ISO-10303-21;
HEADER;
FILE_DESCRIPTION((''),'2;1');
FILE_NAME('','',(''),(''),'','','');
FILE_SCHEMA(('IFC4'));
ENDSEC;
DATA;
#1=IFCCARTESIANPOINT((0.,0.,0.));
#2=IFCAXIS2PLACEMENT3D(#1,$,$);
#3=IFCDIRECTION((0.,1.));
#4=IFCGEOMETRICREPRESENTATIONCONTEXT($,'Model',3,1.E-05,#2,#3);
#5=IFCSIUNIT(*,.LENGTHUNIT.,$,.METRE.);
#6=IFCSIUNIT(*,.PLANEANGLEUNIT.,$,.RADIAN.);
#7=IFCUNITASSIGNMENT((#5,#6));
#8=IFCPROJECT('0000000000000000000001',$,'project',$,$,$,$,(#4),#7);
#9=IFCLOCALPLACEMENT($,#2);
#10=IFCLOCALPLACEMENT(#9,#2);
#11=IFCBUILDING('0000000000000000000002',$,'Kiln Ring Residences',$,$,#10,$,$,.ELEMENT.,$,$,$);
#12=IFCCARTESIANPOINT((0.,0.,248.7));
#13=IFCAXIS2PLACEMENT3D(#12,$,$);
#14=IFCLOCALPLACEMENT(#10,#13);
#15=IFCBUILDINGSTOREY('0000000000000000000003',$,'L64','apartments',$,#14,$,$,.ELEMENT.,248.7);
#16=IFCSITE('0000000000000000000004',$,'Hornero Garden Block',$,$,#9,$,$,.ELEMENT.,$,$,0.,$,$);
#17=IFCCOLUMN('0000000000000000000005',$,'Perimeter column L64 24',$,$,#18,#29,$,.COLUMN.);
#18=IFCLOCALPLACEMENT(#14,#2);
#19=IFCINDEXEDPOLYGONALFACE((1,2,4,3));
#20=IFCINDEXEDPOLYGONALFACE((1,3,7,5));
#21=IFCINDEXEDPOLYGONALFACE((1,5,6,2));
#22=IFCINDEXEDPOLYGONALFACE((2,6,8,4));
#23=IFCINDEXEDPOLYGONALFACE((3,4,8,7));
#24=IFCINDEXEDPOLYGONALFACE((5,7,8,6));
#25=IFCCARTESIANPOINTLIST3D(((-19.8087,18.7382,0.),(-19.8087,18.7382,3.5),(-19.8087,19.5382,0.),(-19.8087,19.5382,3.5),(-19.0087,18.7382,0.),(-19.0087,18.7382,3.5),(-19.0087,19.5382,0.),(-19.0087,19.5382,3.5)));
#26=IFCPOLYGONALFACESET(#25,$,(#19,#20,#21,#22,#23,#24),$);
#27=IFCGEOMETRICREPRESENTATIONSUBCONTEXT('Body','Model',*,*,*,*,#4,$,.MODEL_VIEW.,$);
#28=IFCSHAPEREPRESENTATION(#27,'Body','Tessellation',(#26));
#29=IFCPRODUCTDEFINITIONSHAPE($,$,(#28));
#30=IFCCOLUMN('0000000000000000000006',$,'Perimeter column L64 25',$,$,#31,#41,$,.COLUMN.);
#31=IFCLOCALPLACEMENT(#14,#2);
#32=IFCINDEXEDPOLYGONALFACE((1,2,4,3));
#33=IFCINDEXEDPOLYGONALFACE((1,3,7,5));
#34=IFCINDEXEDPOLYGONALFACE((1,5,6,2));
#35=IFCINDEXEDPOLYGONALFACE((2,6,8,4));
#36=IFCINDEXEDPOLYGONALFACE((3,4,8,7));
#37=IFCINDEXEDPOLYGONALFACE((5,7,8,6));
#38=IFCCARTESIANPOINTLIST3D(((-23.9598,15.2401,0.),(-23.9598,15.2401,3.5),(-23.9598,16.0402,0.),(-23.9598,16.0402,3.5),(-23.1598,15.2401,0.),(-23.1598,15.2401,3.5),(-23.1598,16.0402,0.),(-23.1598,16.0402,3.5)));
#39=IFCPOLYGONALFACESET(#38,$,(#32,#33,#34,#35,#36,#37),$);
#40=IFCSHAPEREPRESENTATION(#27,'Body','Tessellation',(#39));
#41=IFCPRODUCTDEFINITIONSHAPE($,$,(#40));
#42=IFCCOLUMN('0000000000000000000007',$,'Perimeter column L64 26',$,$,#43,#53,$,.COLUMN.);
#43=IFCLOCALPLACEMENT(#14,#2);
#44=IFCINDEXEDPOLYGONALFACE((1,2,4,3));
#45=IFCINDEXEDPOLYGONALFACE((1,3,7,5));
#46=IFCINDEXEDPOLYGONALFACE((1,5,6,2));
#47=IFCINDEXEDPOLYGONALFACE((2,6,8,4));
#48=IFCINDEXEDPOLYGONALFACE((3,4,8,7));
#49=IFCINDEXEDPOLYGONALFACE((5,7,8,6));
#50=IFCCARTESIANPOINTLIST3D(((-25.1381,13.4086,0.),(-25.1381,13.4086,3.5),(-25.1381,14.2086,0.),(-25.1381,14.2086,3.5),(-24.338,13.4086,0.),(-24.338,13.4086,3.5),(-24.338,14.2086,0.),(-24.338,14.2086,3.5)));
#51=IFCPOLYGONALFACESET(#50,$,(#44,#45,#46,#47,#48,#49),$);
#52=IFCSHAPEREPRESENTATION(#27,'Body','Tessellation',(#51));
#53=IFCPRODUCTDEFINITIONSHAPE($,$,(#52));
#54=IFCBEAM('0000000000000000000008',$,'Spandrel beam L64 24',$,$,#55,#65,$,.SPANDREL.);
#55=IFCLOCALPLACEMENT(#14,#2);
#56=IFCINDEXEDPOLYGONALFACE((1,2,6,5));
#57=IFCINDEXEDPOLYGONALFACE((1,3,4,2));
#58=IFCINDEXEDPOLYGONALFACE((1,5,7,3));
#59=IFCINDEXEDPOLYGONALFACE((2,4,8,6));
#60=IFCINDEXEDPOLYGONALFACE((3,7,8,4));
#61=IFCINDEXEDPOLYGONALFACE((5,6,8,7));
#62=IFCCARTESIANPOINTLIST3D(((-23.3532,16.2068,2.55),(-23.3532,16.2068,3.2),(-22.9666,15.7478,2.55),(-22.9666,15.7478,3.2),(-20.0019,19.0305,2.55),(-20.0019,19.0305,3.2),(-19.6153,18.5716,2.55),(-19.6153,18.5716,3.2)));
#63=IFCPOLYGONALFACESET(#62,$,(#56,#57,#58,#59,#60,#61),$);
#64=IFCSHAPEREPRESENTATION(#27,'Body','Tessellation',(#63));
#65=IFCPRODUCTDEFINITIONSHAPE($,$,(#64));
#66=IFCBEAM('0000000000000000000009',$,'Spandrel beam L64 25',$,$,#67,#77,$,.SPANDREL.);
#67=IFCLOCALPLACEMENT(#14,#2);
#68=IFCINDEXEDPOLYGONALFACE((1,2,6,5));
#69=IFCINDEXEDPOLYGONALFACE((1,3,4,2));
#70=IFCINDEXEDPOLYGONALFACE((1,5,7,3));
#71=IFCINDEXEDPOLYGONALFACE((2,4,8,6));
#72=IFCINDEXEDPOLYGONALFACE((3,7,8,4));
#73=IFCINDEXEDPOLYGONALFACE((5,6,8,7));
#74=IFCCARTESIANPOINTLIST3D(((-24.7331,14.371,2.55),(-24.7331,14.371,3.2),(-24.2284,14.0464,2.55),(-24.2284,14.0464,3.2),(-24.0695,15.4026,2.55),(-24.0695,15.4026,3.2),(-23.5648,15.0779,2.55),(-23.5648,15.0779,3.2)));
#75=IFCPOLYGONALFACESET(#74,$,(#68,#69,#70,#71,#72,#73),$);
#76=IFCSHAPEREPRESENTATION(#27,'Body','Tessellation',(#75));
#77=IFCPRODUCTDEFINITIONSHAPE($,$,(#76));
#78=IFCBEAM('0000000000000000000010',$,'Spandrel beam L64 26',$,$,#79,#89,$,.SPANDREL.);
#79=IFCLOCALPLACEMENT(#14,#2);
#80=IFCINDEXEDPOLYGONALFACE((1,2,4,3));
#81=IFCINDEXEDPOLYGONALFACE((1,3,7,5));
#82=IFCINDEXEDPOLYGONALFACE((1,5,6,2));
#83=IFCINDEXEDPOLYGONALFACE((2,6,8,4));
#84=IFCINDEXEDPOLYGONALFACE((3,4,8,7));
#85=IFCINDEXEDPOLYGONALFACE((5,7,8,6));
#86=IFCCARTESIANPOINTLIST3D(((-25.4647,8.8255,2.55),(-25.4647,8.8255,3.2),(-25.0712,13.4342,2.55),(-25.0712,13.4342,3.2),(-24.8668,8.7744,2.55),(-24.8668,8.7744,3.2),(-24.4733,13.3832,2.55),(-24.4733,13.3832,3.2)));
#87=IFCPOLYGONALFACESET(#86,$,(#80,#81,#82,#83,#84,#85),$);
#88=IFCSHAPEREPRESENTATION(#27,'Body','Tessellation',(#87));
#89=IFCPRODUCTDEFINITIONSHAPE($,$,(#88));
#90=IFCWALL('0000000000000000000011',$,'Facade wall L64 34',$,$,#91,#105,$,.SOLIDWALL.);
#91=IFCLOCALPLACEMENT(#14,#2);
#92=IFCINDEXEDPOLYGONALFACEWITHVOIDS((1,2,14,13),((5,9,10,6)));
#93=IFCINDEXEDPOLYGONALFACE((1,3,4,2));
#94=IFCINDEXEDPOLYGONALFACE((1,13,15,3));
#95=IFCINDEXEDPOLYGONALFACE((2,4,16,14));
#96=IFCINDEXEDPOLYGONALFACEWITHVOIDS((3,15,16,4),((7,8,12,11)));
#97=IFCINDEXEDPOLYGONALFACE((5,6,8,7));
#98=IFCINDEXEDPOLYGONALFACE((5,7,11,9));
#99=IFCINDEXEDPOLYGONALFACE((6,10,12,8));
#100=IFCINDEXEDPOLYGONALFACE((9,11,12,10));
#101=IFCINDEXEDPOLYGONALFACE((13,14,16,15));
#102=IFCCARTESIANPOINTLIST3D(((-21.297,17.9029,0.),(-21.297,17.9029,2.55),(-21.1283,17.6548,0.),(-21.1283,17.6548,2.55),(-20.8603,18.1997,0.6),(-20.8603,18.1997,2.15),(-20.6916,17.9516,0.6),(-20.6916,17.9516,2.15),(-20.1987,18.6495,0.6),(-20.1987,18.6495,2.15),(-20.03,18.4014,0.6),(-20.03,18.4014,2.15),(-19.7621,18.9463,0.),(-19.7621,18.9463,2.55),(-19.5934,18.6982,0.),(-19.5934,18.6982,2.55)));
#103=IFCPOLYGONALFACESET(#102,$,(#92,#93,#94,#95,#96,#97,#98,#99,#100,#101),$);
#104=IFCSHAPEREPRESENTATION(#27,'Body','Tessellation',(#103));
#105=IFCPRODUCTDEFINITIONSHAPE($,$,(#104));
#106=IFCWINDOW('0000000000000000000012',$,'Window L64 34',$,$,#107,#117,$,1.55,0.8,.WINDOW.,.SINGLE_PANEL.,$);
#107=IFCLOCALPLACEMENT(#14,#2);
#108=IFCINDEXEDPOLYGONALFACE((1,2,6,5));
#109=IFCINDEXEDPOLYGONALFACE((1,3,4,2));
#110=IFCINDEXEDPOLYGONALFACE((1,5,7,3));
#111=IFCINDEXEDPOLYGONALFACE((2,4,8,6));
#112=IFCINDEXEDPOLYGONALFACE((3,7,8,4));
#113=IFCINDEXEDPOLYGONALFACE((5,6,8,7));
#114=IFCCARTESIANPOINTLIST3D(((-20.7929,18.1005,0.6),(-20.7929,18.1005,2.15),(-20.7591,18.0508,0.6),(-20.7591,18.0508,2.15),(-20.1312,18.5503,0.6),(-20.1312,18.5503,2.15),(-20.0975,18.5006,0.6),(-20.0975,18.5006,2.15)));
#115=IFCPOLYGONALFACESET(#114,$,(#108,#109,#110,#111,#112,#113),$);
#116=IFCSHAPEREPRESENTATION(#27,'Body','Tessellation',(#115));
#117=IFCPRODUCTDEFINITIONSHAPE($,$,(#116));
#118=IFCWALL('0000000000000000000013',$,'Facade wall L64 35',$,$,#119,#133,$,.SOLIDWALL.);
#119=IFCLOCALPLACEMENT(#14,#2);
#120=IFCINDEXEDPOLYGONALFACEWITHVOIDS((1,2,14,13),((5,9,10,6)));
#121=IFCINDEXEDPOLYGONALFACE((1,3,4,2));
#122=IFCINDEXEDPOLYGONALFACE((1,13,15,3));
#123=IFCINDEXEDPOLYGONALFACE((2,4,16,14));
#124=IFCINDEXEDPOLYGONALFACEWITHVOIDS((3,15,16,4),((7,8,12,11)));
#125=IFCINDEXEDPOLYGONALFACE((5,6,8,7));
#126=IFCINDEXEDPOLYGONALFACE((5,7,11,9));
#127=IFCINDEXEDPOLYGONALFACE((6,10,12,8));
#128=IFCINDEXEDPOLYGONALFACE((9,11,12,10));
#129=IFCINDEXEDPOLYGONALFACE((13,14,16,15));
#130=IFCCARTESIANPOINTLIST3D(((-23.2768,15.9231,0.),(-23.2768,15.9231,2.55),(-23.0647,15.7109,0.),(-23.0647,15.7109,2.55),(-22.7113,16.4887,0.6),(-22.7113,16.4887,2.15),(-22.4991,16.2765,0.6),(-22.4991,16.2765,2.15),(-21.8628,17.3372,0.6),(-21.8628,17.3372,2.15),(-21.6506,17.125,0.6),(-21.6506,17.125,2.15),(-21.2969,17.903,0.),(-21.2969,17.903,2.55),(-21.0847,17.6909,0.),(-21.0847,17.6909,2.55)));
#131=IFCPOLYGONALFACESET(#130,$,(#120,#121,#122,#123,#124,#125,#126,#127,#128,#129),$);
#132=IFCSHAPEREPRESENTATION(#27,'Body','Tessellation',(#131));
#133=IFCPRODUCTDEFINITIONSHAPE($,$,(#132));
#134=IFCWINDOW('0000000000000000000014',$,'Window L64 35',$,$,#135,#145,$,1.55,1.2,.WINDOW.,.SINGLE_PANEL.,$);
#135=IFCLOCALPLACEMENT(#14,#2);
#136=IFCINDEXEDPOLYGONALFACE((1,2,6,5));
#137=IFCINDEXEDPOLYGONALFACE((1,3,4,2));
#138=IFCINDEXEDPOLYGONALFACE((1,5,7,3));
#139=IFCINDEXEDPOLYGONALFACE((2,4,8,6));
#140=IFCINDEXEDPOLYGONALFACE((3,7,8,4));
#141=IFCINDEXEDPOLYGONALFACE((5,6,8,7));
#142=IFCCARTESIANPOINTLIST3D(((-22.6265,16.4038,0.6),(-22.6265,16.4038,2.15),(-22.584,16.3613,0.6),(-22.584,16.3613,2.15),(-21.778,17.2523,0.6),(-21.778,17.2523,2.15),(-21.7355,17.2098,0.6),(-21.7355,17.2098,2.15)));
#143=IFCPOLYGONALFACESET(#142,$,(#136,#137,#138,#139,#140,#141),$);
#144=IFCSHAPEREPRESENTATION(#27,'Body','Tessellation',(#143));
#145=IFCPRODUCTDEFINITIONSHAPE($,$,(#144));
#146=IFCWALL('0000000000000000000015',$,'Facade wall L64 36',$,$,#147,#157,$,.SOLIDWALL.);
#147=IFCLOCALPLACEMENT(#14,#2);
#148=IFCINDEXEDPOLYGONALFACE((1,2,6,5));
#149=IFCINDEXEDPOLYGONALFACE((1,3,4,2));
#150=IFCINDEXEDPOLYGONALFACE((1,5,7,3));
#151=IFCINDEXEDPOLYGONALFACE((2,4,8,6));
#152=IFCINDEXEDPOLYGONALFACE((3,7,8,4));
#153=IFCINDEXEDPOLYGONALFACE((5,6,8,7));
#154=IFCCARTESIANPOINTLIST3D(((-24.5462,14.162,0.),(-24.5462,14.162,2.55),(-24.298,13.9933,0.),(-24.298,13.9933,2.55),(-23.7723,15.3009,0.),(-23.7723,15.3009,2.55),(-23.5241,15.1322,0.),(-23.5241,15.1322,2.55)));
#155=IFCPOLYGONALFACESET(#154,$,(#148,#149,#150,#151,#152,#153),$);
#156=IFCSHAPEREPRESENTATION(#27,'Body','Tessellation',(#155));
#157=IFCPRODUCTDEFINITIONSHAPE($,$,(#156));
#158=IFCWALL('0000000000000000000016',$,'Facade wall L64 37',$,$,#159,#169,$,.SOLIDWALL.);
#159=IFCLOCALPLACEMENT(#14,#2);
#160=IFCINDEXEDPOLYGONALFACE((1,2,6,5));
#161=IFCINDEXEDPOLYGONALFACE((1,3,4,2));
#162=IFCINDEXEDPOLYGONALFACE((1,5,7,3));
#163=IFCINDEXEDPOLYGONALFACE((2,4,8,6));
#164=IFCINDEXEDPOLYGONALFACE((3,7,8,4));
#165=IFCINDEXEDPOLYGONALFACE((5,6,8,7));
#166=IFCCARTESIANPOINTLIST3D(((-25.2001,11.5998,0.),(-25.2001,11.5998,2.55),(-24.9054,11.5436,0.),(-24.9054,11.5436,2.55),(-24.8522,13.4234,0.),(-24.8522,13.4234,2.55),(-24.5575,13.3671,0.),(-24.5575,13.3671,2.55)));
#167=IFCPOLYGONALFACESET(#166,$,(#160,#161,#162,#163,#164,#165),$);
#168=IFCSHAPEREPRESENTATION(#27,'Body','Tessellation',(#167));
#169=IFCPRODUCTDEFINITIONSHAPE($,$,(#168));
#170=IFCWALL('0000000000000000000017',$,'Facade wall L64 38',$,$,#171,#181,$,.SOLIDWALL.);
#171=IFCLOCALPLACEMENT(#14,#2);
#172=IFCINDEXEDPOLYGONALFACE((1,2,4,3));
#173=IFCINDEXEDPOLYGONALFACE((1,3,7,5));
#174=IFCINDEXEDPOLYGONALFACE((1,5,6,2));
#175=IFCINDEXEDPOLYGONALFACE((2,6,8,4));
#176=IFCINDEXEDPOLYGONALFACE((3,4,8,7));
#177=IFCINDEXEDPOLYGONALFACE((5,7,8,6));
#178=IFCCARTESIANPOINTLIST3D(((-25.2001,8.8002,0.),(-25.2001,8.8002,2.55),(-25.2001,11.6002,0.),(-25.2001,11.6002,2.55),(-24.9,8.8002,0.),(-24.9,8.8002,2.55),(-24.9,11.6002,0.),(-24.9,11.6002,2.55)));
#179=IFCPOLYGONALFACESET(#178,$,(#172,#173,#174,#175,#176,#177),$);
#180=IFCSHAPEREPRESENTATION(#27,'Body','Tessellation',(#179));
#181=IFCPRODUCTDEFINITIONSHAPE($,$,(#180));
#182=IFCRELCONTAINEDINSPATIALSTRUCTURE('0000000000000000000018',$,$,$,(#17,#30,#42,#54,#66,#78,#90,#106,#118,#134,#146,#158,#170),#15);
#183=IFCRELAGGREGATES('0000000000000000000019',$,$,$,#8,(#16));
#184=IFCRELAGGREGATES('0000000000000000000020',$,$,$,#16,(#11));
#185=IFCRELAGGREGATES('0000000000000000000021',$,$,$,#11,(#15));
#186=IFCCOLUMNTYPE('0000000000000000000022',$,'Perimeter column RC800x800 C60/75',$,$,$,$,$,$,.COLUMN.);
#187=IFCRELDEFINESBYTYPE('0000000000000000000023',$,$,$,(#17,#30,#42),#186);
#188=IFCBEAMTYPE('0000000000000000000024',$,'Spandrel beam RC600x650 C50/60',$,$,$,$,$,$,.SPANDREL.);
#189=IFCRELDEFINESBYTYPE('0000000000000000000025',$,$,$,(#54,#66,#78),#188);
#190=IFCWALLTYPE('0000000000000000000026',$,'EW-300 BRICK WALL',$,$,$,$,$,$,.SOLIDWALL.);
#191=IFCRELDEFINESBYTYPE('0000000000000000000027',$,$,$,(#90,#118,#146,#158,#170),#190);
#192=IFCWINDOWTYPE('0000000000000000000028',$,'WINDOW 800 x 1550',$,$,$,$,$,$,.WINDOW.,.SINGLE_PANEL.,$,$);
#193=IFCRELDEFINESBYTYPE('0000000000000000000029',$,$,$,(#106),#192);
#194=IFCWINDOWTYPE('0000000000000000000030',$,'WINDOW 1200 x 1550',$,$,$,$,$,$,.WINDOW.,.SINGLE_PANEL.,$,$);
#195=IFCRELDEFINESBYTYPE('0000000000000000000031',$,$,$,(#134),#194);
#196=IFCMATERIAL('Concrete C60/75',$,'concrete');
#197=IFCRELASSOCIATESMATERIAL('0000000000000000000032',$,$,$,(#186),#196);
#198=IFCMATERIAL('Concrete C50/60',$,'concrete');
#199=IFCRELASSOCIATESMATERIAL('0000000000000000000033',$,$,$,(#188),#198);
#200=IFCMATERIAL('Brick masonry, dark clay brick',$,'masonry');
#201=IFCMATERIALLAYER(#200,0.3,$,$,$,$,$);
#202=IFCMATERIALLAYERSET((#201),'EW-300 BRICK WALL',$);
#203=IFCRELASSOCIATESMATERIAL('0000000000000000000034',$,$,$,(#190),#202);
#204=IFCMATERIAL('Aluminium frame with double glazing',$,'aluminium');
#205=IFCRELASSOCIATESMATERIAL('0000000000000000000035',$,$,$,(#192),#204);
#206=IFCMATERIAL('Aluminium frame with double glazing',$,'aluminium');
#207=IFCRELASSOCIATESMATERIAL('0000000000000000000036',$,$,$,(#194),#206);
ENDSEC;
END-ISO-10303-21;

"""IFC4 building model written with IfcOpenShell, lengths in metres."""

from ifc_helpers import new_model, si_unit, direction, frame, frame_2d, origin, origin_2d, place, context, subcontext, project, spatial, rectangle, extrude, material, layer, layer_set, material_profile, profile_set, type_object, element, fill, save


model = new_model("IFC4")

# Units and contexts
model_context = context("Model", 3, precision=1e-05, world=origin(), true_north=direction((0.0, 1.0)))
body_context = subcontext(model_context, "Body", "Model", "MODEL_VIEW")
ifc_project = project(units=[si_unit("LENGTHUNIT", "METRE"), si_unit("PLANEANGLEUNIT", "RADIAN")], contexts=[model_context])

# Site, building, storey
site_placement = place(None, origin())
site = spatial("IfcSite", under=ifc_project, at=site_placement, Name="Hornero Garden Block", CompositionType="ELEMENT", RefElevation=0.0)
building_placement = place(site_placement, origin())
building = spatial("IfcBuilding", under=site, at=building_placement, Name="Kiln Ring Residences", CompositionType="ELEMENT")
storey_placement = place(building_placement, frame((0.0, 0.0, 248.7)))
storey = spatial("IfcBuildingStorey", under=building, at=storey_placement, Name="L64", Description="apartments", CompositionType="ELEMENT", Elevation=248.7)

# Columns
ifc_material_1 = material(Name="Concrete C60/75", Category="concrete")
ifc_material_profile_1 = material_profile(ifc_material_1, rectangle(XDim=0.8, YDim=0.8, at=origin_2d()), Name="RC800x800")
ifc_profile_set_1 = profile_set([ifc_material_profile_1], Name="Concrete C60/75")
column_type = type_object("IfcColumnType", Name="Perimeter column RC800x800 C60/75", PredefinedType="COLUMN", material=ifc_profile_set_1)
for number, where, z_axis, x_axis, name in (
    (1, (-19.4087, 19.1382, 0.0), (0.0, 0.0, 1.0), (1.0, 0.0, 0.0), "Perimeter column L64 24"),
    (2, (-23.5598, 15.6401, 0.0), (0.0, 0.0, 1.0), (1.0, 0.0, 0.0), "Perimeter column L64 25"),
    (3, (-24.738, 13.8086, 0.0), (0.0, 0.0, 1.0), (1.0, 0.0, 0.0), "Perimeter column L64 26"),
):
    element("IfcColumn", number, at=place(storey_placement, frame(where, z_axis=z_axis, x_axis=x_axis)), inside=storey, type_object=column_type, Name=name, PredefinedType="COLUMN", context=body_context, shape_type="SweptSolid", body=[
        extrude(rectangle(XDim=0.8, YDim=0.8, at=origin_2d()), origin(), (0.0, 0.0, 1.0), 3.5),
    ])

# Beams
ifc_material_2 = material(Name="Concrete C50/60", Category="concrete")
ifc_material_profile_2 = material_profile(ifc_material_2, rectangle(XDim=0.6001, YDim=0.6499, at=origin_2d()), Name="RC600x650")
ifc_profile_set_2 = profile_set([ifc_material_profile_2], Name="Concrete C50/60")
beam_type = type_object("IfcBeamType", Name="Spandrel beam RC600x650 C50/60", PredefinedType="SPANDREL", material=ifc_profile_set_2)
beam_1_placement = place(storey_placement, frame((-19.8086, 18.801, 2.875), z_axis=(-0.764735, -0.644345, 0.0), x_axis=(0.644345, -0.764735, 0.0)))
element("IfcBeam", 4, at=beam_1_placement, inside=storey, type_object=beam_type, Name="Spandrel beam L64 24", PredefinedType="SPANDREL", context=body_context, shape_type="SweptSolid", body=[
    extrude(rectangle(XDim=0.6001, YDim=0.6499, at=origin_2d()), origin(), (0.0, 0.0, 1.0), 4.3823),
])
beam_2_placement = place(storey_placement, frame((-23.8171, 15.2402, 2.875), z_axis=(-0.541029, -0.841004, 0.0), x_axis=(0.841004, -0.541029, 0.0)))
element("IfcBeam", 5, at=beam_2_placement, inside=storey, type_object=beam_type, Name="Spandrel beam L64 25", PredefinedType="SPANDREL", context=body_context, shape_type="SweptSolid", body=[
    extrude(rectangle(XDim=0.6001, YDim=0.6499, at=origin_2d()), origin(), (0.0, 0.0, 1.0), 1.2266),
])
beam_3_placement = place(storey_placement, frame((-24.7722, 13.4087, 2.875), z_axis=(-0.085085, -0.996374, 0.0), x_axis=(0.996374, -0.085085, 0.0)))
element("IfcBeam", 6, at=beam_3_placement, inside=storey, type_object=beam_type, Name="Spandrel beam L64 26", PredefinedType="SPANDREL", context=body_context, shape_type="SweptSolid", body=[
    extrude(rectangle(XDim=0.6001, YDim=0.6499, at=origin_2d()), origin(), (0.0, 0.0, 1.0), 4.6255),
])

# Walls, openings, windows
ifc_material_3 = material(Name="Brick masonry, dark clay brick", Category="masonry")
ifc_layer_1 = layer(ifc_material_3, 0.3)
ifc_layer_set_1 = layer_set([ifc_layer_1], Name="EW-300 BRICK WALL")
wall_type_1 = type_object("IfcWallType", Name="EW-300 BRICK WALL", PredefinedType="SOLIDWALL", material=ifc_layer_set_1)
wall_1_placement = place(storey_placement, frame((-19.6777, 18.8223, 0.0), z_axis=(0.0, 0.0, 1.0), x_axis=(-0.826997, -0.562206, 0.0)))
wall_1 = element("IfcWall", 7, at=wall_1_placement, inside=storey, type_object=wall_type_1, Name="Facade wall L64 34", PredefinedType="SOLIDWALL", context=body_context, shape_type="SweptSolid", body=[
    extrude(rectangle(XDim=1.856, YDim=0.3, at=frame_2d((0.928, 0.0))), origin(), (0.0, 0.0, 1.0), 2.55),
])
opening_1_placement = place(wall_1_placement, frame((0.5281, 0.0, 0.6001)))
opening_1 = element("IfcOpeningElement", 8, at=opening_1_placement, cuts=wall_1, PredefinedType="OPENING", context=body_context, shape_type="SweptSolid", body=[
    extrude(rectangle(XDim=0.8, YDim=1.55, at=frame_2d((0.3999, 0.7749))), frame((0.0, 0.1599, 0.0), z_axis=(0.0, -1.0, 0.0), x_axis=(1.0, 0.0, 0.0)), (0.0, 0.0, 1.0), 0.3201),
])
ifc_material_4 = material(Name="Aluminium frame with double glazing", Category="aluminium")
window_type_1 = type_object("IfcWindowType", Name="WINDOW 800 x 1550", PartitioningType="SINGLE_PANEL", PredefinedType="WINDOW", material=ifc_material_4)
window_1_placement = place(opening_1_placement, origin())
window_1 = element("IfcWindow", 9, at=window_1_placement, inside=storey, type_object=window_type_1, Name="Window L64 34", OverallHeight=1.55, OverallWidth=0.8, PartitioningType="SINGLE_PANEL", PredefinedType="WINDOW", context=body_context, shape_type="SweptSolid", body=[
    extrude(rectangle(XDim=0.8, YDim=1.55, at=frame_2d((0.3999, 0.7749))), frame((0.0, 0.03, 0.0), z_axis=(0.0, -1.0, 0.0), x_axis=(1.0, 0.0, 0.0)), (0.0, 0.0, 1.0), 0.0601),
])
fill(opening_1, window_1)
wall_2_placement = place(storey_placement, frame((-21.1909, 17.7969, 0.0), z_axis=(0.0, 0.0, 1.0), x_axis=(-0.707107, -0.707107, 0.0)))
wall_2 = element("IfcWall", 10, at=wall_2_placement, inside=storey, type_object=wall_type_1, Name="Facade wall L64 35", PredefinedType="SOLIDWALL", context=body_context, shape_type="SweptSolid", body=[
    extrude(rectangle(XDim=2.8, YDim=0.3, at=frame_2d((1.3999, 0.0))), origin(), (0.0, 0.0, 1.0), 2.55),
])
opening_2_placement = place(wall_2_placement, frame((0.8, 0.0, 0.6001)))
opening_2 = element("IfcOpeningElement", 11, at=opening_2_placement, cuts=wall_2, PredefinedType="OPENING", context=body_context, shape_type="SweptSolid", body=[
    extrude(rectangle(XDim=1.2, YDim=1.55, at=frame_2d((0.6001, 0.7749))), frame((0.0, 0.1599, 0.0), z_axis=(0.0, -1.0, 0.0), x_axis=(1.0, 0.0, 0.0)), (0.0, 0.0, 1.0), 0.3201),
])
ifc_material_5 = material(Name="Aluminium frame with double glazing", Category="aluminium")
window_type_2 = type_object("IfcWindowType", Name="WINDOW 1200 x 1550", PartitioningType="SINGLE_PANEL", PredefinedType="WINDOW", material=ifc_material_5)
window_2_placement = place(opening_2_placement, origin())
window_2 = element("IfcWindow", 12, at=window_2_placement, inside=storey, type_object=window_type_2, Name="Window L64 35", OverallHeight=1.55, OverallWidth=1.2, PartitioningType="SINGLE_PANEL", PredefinedType="WINDOW", context=body_context, shape_type="SweptSolid", body=[
    extrude(rectangle(XDim=1.2, YDim=1.55, at=frame_2d((0.6001, 0.7749))), frame((0.0, 0.03, 0.0), z_axis=(0.0, -1.0, 0.0), x_axis=(1.0, 0.0, 0.0)), (0.0, 0.0, 1.0), 0.0601),
])
fill(opening_2, window_2)

# Walls
wall_3_placement = place(storey_placement, frame((-23.6482, 15.2166, 0.0), z_axis=(0.0, 0.0, 1.0), x_axis=(-0.562043, -0.827108, 0.0)))
element("IfcWall", 13, at=wall_3_placement, inside=storey, type_object=wall_type_1, Name="Facade wall L64 36", PredefinedType="SOLIDWALL", context=body_context, shape_type="SweptSolid", body=[
    extrude(rectangle(XDim=1.377, YDim=0.3, at=frame_2d((0.6885, 0.0))), origin(), (0.0, 0.0, 1.0), 2.55),
])
wall_4_placement = place(storey_placement, frame((-24.7048, 13.3953, 0.0), z_axis=(0.0, 0.0, 1.0), x_axis=(-0.187408, -0.982282, 0.0)))
element("IfcWall", 14, at=wall_4_placement, inside=storey, type_object=wall_type_1, Name="Facade wall L64 37", PredefinedType="SOLIDWALL", context=body_context, shape_type="SweptSolid", body=[
    extrude(rectangle(XDim=1.8564, YDim=0.3, at=frame_2d((0.9282, 0.0))), origin(), (0.0, 0.0, 1.0), 2.55),
])
wall_5_placement = place(storey_placement, frame((-25.05, 11.6001, 0.0), z_axis=(0.0, 0.0, 1.0), x_axis=(0.0, -1.0, 0.0)))
element("IfcWall", 15, at=wall_5_placement, inside=storey, type_object=wall_type_1, Name="Facade wall L64 38", PredefinedType="SOLIDWALL", context=body_context, shape_type="SweptSolid", body=[
    extrude(rectangle(XDim=2.8, YDim=0.3, at=frame_2d((1.3999, 0.0))), origin(), (0.0, 0.0, 1.0), 2.55),
])

save(model, "model.ifc")
